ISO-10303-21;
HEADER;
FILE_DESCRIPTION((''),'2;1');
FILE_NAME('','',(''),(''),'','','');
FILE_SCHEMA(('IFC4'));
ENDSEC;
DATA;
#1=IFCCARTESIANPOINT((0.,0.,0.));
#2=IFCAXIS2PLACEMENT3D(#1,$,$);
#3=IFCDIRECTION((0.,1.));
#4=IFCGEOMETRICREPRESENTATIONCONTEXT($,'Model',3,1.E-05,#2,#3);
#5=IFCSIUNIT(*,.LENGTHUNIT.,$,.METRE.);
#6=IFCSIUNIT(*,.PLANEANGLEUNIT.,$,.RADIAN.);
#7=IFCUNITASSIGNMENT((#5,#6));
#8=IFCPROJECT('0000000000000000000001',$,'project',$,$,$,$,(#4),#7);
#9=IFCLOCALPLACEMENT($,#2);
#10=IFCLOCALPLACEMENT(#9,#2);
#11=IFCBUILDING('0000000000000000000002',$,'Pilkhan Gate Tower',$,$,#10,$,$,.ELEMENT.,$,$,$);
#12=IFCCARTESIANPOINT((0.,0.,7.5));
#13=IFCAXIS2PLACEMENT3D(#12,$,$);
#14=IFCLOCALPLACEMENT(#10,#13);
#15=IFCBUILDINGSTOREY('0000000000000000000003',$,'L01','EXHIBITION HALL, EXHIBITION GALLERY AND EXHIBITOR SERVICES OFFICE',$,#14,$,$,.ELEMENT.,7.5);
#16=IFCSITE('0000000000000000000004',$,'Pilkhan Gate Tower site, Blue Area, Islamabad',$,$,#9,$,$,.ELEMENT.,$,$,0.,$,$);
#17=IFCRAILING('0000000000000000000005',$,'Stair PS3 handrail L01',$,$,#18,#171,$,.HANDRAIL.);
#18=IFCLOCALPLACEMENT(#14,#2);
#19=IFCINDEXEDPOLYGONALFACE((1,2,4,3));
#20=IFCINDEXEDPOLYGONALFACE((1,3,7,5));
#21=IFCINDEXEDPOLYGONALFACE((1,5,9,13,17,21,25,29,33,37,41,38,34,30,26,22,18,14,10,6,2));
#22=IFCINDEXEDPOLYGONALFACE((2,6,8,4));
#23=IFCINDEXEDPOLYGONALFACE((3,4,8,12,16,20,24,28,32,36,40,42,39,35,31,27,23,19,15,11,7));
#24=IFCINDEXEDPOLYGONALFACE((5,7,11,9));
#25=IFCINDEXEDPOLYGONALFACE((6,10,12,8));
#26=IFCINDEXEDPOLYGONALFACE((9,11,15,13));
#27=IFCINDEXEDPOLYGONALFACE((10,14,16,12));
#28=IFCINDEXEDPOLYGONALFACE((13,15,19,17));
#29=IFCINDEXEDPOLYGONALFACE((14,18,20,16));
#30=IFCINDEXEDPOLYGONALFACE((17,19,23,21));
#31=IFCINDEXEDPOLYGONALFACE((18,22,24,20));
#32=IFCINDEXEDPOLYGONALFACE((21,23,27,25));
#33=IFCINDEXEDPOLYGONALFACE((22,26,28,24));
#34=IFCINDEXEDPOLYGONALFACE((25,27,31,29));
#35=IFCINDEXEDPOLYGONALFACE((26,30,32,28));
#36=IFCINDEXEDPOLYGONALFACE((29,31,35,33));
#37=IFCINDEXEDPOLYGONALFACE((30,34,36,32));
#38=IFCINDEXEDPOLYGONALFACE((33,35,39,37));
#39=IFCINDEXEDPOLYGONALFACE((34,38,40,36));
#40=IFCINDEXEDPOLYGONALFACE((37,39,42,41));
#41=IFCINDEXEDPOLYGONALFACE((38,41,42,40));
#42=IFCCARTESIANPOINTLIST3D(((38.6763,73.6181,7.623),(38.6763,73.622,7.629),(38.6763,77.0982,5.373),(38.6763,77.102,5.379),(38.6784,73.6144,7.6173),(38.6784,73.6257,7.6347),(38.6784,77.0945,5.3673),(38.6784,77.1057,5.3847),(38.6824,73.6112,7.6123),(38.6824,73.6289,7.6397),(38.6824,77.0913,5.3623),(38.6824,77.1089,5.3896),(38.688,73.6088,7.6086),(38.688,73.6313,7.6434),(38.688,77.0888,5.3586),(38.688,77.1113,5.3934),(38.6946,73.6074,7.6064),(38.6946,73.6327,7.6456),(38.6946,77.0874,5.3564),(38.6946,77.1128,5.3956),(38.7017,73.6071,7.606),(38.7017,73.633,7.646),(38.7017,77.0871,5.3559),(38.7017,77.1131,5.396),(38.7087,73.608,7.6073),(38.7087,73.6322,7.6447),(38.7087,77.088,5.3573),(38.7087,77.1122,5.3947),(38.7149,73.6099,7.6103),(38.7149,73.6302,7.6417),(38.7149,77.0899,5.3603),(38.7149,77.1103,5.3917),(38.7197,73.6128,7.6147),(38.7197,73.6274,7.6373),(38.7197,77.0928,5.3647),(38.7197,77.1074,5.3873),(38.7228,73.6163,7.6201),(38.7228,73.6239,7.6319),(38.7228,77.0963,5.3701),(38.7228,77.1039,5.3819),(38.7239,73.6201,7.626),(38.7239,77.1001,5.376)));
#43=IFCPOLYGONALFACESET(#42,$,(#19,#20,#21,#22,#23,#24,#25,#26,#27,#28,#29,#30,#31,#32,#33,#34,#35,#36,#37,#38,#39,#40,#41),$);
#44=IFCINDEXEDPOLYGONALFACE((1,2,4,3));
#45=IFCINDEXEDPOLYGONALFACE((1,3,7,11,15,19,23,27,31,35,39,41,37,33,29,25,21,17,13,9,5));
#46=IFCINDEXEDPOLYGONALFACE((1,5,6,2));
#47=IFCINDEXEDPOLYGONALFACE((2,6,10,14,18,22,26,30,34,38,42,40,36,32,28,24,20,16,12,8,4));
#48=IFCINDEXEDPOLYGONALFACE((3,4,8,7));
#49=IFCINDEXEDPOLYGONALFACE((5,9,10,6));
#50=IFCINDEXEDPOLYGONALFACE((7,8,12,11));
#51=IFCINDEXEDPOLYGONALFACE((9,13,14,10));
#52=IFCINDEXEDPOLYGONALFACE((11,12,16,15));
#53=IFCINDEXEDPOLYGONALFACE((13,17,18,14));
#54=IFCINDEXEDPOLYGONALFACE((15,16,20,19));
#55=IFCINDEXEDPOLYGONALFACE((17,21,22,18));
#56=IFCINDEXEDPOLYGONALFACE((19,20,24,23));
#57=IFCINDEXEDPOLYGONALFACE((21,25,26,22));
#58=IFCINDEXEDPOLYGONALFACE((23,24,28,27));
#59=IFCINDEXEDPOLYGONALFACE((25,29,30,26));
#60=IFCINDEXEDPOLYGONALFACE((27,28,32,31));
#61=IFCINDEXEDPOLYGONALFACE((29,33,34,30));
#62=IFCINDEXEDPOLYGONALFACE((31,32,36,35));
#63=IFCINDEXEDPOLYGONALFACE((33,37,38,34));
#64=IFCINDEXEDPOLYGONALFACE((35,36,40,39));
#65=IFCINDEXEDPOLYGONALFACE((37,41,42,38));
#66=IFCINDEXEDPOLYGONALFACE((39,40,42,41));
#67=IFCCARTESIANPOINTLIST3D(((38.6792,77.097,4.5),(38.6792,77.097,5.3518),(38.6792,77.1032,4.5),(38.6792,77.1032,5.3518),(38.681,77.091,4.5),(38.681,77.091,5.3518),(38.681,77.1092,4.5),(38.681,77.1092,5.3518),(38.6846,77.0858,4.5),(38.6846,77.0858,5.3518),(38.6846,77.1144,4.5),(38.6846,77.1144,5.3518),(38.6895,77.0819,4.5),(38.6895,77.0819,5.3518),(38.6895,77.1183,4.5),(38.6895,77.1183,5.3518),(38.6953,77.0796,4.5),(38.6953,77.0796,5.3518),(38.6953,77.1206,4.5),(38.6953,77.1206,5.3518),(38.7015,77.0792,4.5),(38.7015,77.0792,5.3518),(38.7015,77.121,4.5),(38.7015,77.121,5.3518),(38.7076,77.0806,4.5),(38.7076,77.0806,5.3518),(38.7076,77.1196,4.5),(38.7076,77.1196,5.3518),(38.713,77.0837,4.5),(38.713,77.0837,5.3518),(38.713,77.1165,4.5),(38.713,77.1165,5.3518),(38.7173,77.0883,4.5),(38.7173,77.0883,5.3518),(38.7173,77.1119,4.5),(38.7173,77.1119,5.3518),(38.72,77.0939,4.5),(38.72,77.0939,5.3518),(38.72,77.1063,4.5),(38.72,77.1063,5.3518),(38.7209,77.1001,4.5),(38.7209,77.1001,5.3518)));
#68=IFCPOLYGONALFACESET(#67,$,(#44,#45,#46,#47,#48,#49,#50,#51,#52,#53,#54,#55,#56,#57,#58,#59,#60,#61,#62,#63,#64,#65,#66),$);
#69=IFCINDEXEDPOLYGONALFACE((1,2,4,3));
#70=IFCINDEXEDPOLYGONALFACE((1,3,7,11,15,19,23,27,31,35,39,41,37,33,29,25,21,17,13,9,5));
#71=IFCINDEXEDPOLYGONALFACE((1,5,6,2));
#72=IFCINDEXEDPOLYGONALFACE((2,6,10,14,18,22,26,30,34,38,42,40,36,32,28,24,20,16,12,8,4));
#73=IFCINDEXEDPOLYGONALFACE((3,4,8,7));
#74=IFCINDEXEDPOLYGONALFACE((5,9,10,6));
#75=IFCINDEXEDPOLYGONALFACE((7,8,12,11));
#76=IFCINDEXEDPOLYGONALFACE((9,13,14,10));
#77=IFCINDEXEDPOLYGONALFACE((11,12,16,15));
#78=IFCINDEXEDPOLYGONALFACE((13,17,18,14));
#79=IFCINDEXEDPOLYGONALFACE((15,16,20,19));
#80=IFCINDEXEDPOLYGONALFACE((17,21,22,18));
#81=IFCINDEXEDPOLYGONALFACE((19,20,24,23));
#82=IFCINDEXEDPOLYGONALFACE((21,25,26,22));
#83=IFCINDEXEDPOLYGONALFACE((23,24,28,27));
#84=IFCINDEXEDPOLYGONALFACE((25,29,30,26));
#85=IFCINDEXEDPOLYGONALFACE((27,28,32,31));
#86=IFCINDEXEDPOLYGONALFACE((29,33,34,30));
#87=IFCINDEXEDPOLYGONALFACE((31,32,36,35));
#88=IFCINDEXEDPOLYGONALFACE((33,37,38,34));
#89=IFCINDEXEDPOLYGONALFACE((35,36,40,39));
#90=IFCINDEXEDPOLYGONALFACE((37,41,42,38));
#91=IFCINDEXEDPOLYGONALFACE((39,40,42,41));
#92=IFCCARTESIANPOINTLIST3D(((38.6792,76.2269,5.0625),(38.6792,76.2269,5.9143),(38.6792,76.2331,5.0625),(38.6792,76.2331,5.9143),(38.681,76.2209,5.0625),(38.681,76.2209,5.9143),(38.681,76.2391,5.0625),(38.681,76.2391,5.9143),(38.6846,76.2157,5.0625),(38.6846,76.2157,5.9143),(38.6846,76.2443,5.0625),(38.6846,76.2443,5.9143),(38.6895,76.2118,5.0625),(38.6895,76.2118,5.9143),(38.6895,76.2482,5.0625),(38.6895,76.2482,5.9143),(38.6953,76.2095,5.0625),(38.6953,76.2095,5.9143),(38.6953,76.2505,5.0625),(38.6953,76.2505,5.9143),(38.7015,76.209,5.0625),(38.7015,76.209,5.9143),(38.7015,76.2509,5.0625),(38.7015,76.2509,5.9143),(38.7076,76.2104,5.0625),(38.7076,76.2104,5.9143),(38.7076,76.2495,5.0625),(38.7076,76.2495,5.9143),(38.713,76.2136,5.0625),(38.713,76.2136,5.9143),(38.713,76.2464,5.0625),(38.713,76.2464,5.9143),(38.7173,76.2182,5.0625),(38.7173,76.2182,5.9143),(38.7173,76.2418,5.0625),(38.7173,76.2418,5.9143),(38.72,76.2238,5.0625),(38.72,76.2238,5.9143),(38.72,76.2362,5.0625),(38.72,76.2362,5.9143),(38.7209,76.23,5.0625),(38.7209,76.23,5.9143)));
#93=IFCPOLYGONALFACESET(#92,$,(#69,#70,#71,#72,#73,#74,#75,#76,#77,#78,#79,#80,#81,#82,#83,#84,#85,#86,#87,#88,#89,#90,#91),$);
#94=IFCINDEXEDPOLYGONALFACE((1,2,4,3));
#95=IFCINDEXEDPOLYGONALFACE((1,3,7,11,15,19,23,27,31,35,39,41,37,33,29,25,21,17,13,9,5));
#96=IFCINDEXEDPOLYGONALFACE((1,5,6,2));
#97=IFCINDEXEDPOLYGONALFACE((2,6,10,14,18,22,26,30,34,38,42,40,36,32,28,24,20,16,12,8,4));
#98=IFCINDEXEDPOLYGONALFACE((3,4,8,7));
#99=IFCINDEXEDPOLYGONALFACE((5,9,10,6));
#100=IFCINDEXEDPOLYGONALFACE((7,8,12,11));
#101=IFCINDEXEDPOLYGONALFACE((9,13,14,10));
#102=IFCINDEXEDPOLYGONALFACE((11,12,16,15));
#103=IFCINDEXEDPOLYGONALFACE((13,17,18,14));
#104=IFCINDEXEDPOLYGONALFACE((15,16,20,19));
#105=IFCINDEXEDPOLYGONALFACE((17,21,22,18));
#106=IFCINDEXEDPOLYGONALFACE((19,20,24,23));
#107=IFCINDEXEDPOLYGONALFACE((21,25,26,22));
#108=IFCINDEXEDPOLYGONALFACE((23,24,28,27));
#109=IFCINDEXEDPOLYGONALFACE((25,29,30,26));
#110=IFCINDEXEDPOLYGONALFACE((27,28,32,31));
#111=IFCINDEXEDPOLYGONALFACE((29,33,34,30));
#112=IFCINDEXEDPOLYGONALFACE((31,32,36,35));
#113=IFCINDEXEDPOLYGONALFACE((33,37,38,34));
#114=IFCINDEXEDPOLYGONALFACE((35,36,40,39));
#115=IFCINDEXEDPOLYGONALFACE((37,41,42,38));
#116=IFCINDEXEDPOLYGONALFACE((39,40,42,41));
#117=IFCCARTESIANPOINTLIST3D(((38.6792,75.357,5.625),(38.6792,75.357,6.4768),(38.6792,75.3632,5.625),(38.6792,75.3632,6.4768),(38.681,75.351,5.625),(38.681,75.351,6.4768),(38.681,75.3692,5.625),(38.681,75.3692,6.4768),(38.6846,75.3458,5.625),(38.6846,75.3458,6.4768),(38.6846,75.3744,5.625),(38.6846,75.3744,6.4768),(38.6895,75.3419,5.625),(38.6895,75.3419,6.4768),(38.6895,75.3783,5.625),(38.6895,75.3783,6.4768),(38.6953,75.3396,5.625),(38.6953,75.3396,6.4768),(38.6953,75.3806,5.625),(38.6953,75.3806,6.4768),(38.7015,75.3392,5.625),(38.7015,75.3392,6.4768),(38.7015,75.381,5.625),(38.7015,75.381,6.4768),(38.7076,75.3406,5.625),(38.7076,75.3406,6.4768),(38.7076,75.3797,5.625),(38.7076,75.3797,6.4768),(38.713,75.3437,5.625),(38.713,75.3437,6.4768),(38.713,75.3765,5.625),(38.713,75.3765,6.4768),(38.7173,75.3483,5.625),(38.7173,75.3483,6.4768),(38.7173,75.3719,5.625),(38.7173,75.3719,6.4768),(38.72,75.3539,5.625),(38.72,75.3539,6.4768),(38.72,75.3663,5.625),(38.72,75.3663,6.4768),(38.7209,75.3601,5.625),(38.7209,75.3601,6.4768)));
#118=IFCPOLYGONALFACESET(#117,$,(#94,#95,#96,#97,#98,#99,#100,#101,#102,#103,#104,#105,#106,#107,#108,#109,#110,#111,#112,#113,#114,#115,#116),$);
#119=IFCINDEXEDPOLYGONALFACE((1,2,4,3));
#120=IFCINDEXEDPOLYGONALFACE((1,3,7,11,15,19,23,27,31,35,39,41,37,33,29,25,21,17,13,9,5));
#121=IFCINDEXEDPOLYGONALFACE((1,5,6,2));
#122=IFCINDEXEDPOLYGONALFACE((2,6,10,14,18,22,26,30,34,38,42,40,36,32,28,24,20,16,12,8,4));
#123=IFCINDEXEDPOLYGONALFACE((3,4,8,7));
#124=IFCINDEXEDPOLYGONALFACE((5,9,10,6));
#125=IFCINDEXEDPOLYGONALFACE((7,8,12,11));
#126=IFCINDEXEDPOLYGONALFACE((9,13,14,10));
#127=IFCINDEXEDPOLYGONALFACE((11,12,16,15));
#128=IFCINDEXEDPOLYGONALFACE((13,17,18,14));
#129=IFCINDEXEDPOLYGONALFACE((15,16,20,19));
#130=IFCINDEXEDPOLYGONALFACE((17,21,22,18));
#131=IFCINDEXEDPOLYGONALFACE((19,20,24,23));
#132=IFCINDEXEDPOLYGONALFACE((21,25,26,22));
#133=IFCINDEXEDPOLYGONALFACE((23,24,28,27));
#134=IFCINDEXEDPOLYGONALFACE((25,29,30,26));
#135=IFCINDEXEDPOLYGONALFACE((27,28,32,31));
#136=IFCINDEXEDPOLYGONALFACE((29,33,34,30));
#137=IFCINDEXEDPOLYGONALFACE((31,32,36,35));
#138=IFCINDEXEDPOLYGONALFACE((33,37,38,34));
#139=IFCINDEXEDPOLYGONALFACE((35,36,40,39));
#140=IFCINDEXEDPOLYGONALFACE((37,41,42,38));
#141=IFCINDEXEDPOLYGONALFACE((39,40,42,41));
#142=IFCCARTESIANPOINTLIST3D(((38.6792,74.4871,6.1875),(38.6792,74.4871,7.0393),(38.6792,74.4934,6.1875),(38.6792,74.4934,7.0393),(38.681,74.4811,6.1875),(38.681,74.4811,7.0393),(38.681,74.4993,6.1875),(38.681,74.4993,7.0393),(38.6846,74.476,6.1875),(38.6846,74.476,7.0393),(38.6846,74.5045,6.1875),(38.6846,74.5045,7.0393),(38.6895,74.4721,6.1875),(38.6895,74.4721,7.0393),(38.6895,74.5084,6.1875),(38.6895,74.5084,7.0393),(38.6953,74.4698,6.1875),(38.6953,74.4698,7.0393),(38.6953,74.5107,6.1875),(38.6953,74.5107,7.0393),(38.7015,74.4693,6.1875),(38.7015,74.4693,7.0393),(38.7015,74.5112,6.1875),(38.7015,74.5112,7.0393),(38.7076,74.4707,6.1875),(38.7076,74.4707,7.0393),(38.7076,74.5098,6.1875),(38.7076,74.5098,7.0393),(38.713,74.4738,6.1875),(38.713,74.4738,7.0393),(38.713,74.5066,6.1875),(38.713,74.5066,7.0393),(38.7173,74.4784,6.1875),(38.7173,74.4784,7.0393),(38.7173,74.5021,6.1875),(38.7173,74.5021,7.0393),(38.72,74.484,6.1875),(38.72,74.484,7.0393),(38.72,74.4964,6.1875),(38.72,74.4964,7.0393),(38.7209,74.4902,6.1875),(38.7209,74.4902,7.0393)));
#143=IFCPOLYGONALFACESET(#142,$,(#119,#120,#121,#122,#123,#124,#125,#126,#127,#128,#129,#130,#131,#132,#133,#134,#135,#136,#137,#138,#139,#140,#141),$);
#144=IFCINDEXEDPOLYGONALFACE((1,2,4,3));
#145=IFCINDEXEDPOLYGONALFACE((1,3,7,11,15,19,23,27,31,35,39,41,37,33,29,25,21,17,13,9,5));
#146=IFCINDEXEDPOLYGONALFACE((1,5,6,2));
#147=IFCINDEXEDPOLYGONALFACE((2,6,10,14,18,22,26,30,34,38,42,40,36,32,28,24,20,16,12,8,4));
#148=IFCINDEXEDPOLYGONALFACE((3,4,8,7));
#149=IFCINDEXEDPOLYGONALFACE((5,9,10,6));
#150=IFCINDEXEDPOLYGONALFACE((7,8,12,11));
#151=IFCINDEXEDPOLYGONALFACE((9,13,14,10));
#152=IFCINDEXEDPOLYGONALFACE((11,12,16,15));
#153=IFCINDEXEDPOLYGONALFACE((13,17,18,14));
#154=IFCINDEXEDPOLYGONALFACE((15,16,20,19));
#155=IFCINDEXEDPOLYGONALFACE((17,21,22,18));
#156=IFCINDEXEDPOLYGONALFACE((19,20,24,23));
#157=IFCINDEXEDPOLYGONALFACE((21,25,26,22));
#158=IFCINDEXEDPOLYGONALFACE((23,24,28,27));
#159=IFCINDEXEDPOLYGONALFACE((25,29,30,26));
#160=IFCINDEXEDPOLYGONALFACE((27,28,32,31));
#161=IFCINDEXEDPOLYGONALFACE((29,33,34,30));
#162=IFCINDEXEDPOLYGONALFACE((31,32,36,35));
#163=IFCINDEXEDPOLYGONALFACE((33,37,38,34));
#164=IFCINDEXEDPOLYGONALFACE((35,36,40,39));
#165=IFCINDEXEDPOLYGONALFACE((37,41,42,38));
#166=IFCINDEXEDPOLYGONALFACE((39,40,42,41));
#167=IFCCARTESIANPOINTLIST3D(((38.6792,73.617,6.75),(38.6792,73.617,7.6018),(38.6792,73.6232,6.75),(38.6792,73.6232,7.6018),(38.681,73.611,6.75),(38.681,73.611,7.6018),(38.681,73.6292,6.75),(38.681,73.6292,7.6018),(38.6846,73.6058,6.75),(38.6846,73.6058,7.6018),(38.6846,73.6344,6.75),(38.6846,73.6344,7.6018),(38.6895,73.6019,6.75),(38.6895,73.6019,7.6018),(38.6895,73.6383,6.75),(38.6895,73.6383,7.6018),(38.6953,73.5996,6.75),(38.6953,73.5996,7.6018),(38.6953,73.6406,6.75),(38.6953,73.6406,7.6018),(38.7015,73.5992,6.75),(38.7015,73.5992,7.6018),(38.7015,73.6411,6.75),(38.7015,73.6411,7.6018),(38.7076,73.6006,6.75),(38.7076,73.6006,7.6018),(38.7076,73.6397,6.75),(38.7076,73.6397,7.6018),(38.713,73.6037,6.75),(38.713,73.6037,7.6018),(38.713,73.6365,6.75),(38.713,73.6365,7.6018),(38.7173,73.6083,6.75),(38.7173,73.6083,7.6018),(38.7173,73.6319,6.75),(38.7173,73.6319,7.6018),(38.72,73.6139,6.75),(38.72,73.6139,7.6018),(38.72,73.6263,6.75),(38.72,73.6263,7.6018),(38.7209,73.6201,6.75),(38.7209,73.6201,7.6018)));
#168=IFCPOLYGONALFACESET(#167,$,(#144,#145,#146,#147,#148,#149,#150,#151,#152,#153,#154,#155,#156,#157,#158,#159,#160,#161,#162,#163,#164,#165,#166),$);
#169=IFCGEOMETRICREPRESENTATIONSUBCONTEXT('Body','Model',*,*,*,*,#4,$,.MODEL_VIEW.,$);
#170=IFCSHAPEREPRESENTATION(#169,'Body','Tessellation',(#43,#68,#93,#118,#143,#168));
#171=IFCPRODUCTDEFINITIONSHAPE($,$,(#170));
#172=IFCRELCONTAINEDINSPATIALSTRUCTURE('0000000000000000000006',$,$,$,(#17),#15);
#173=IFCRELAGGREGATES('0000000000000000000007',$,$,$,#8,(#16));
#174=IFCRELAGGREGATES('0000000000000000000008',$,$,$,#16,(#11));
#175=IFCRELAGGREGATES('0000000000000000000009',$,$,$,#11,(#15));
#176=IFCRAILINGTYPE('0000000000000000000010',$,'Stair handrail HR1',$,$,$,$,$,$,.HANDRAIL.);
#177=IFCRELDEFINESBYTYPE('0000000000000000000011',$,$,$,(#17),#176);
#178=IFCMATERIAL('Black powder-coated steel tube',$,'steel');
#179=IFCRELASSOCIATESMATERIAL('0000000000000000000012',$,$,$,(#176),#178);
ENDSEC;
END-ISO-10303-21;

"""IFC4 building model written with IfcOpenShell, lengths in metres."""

from ifc_helpers import new_model, si_unit, direction, frame, origin, origin_2d, place, context, subcontext, project, spatial, circle, extrude, material, type_object, element, save


model = new_model("IFC4")

# Units and contexts
model_context = context("Model", 3, precision=1e-05, world=origin(), true_north=direction((0.0, 1.0)))
body_context = subcontext(model_context, "Body", "Model", "MODEL_VIEW")
ifc_project = project(units=[si_unit("LENGTHUNIT", "METRE"), si_unit("PLANEANGLEUNIT", "RADIAN")], contexts=[model_context])

# Site, building, storey
site_placement = place(None, origin())
site = spatial("IfcSite", under=ifc_project, at=site_placement, Name="Pilkhan Gate Tower site, Blue Area, Islamabad", CompositionType="ELEMENT", RefElevation=0.0)
building_placement = place(site_placement, origin())
building = spatial("IfcBuilding", under=site, at=building_placement, Name="Pilkhan Gate Tower", CompositionType="ELEMENT")
storey_placement = place(building_placement, frame((0.0, 0.0, 7.5)))
storey = spatial("IfcBuildingStorey", under=building, at=storey_placement, Name="L01", Description="EXHIBITION HALL, EXHIBITION GALLERY AND EXHIBITOR SERVICES OFFICE", CompositionType="ELEMENT", Elevation=7.5)

# Railing
ifc_material_1 = material(Name="Black powder-coated steel tube", Category="steel")
railing_type_1 = type_object("IfcRailingType", Name="Stair handrail HR1", PredefinedType="HANDRAIL", material=ifc_material_1)
railing_1_placement = place(storey_placement, frame((38.7, 77.1001, 4.5)))
element("IfcRailing", 1, at=railing_1_placement, inside=storey, type_object=railing_type_1, Name="Stair PS3 handrail L01", PredefinedType="HANDRAIL", context=body_context, shape_type="SweptSolid", body=[
    extrude(circle(Radius=0.0239, at=origin_2d()), frame((0.0, 0.0, 0.876), z_axis=(0.0, -0.839763, 0.542953), x_axis=(1.0, 0.0, 0.0)), (0.0, 0.0, 1.0), 4.144),
    extrude(circle(Radius=0.021, at=origin_2d()), origin(), (0.0, 0.0, 1.0), 0.8518),
    extrude(circle(Radius=0.021, at=origin_2d()), frame((0.0, -0.8701, 0.5625)), (0.0, 0.0, 1.0), 0.8518),
    extrude(circle(Radius=0.021, at=origin_2d()), frame((0.0, -1.74, 1.125)), (0.0, 0.0, 1.0), 0.8518),
    extrude(circle(Radius=0.021, at=origin_2d()), frame((0.0, -2.6099, 1.6875)), (0.0, 0.0, 1.0), 0.8518),
    extrude(circle(Radius=0.021, at=origin_2d()), frame((0.0, -3.48, 2.25)), (0.0, 0.0, 1.0), 0.8518),
])

save(model, "model.ifc")
